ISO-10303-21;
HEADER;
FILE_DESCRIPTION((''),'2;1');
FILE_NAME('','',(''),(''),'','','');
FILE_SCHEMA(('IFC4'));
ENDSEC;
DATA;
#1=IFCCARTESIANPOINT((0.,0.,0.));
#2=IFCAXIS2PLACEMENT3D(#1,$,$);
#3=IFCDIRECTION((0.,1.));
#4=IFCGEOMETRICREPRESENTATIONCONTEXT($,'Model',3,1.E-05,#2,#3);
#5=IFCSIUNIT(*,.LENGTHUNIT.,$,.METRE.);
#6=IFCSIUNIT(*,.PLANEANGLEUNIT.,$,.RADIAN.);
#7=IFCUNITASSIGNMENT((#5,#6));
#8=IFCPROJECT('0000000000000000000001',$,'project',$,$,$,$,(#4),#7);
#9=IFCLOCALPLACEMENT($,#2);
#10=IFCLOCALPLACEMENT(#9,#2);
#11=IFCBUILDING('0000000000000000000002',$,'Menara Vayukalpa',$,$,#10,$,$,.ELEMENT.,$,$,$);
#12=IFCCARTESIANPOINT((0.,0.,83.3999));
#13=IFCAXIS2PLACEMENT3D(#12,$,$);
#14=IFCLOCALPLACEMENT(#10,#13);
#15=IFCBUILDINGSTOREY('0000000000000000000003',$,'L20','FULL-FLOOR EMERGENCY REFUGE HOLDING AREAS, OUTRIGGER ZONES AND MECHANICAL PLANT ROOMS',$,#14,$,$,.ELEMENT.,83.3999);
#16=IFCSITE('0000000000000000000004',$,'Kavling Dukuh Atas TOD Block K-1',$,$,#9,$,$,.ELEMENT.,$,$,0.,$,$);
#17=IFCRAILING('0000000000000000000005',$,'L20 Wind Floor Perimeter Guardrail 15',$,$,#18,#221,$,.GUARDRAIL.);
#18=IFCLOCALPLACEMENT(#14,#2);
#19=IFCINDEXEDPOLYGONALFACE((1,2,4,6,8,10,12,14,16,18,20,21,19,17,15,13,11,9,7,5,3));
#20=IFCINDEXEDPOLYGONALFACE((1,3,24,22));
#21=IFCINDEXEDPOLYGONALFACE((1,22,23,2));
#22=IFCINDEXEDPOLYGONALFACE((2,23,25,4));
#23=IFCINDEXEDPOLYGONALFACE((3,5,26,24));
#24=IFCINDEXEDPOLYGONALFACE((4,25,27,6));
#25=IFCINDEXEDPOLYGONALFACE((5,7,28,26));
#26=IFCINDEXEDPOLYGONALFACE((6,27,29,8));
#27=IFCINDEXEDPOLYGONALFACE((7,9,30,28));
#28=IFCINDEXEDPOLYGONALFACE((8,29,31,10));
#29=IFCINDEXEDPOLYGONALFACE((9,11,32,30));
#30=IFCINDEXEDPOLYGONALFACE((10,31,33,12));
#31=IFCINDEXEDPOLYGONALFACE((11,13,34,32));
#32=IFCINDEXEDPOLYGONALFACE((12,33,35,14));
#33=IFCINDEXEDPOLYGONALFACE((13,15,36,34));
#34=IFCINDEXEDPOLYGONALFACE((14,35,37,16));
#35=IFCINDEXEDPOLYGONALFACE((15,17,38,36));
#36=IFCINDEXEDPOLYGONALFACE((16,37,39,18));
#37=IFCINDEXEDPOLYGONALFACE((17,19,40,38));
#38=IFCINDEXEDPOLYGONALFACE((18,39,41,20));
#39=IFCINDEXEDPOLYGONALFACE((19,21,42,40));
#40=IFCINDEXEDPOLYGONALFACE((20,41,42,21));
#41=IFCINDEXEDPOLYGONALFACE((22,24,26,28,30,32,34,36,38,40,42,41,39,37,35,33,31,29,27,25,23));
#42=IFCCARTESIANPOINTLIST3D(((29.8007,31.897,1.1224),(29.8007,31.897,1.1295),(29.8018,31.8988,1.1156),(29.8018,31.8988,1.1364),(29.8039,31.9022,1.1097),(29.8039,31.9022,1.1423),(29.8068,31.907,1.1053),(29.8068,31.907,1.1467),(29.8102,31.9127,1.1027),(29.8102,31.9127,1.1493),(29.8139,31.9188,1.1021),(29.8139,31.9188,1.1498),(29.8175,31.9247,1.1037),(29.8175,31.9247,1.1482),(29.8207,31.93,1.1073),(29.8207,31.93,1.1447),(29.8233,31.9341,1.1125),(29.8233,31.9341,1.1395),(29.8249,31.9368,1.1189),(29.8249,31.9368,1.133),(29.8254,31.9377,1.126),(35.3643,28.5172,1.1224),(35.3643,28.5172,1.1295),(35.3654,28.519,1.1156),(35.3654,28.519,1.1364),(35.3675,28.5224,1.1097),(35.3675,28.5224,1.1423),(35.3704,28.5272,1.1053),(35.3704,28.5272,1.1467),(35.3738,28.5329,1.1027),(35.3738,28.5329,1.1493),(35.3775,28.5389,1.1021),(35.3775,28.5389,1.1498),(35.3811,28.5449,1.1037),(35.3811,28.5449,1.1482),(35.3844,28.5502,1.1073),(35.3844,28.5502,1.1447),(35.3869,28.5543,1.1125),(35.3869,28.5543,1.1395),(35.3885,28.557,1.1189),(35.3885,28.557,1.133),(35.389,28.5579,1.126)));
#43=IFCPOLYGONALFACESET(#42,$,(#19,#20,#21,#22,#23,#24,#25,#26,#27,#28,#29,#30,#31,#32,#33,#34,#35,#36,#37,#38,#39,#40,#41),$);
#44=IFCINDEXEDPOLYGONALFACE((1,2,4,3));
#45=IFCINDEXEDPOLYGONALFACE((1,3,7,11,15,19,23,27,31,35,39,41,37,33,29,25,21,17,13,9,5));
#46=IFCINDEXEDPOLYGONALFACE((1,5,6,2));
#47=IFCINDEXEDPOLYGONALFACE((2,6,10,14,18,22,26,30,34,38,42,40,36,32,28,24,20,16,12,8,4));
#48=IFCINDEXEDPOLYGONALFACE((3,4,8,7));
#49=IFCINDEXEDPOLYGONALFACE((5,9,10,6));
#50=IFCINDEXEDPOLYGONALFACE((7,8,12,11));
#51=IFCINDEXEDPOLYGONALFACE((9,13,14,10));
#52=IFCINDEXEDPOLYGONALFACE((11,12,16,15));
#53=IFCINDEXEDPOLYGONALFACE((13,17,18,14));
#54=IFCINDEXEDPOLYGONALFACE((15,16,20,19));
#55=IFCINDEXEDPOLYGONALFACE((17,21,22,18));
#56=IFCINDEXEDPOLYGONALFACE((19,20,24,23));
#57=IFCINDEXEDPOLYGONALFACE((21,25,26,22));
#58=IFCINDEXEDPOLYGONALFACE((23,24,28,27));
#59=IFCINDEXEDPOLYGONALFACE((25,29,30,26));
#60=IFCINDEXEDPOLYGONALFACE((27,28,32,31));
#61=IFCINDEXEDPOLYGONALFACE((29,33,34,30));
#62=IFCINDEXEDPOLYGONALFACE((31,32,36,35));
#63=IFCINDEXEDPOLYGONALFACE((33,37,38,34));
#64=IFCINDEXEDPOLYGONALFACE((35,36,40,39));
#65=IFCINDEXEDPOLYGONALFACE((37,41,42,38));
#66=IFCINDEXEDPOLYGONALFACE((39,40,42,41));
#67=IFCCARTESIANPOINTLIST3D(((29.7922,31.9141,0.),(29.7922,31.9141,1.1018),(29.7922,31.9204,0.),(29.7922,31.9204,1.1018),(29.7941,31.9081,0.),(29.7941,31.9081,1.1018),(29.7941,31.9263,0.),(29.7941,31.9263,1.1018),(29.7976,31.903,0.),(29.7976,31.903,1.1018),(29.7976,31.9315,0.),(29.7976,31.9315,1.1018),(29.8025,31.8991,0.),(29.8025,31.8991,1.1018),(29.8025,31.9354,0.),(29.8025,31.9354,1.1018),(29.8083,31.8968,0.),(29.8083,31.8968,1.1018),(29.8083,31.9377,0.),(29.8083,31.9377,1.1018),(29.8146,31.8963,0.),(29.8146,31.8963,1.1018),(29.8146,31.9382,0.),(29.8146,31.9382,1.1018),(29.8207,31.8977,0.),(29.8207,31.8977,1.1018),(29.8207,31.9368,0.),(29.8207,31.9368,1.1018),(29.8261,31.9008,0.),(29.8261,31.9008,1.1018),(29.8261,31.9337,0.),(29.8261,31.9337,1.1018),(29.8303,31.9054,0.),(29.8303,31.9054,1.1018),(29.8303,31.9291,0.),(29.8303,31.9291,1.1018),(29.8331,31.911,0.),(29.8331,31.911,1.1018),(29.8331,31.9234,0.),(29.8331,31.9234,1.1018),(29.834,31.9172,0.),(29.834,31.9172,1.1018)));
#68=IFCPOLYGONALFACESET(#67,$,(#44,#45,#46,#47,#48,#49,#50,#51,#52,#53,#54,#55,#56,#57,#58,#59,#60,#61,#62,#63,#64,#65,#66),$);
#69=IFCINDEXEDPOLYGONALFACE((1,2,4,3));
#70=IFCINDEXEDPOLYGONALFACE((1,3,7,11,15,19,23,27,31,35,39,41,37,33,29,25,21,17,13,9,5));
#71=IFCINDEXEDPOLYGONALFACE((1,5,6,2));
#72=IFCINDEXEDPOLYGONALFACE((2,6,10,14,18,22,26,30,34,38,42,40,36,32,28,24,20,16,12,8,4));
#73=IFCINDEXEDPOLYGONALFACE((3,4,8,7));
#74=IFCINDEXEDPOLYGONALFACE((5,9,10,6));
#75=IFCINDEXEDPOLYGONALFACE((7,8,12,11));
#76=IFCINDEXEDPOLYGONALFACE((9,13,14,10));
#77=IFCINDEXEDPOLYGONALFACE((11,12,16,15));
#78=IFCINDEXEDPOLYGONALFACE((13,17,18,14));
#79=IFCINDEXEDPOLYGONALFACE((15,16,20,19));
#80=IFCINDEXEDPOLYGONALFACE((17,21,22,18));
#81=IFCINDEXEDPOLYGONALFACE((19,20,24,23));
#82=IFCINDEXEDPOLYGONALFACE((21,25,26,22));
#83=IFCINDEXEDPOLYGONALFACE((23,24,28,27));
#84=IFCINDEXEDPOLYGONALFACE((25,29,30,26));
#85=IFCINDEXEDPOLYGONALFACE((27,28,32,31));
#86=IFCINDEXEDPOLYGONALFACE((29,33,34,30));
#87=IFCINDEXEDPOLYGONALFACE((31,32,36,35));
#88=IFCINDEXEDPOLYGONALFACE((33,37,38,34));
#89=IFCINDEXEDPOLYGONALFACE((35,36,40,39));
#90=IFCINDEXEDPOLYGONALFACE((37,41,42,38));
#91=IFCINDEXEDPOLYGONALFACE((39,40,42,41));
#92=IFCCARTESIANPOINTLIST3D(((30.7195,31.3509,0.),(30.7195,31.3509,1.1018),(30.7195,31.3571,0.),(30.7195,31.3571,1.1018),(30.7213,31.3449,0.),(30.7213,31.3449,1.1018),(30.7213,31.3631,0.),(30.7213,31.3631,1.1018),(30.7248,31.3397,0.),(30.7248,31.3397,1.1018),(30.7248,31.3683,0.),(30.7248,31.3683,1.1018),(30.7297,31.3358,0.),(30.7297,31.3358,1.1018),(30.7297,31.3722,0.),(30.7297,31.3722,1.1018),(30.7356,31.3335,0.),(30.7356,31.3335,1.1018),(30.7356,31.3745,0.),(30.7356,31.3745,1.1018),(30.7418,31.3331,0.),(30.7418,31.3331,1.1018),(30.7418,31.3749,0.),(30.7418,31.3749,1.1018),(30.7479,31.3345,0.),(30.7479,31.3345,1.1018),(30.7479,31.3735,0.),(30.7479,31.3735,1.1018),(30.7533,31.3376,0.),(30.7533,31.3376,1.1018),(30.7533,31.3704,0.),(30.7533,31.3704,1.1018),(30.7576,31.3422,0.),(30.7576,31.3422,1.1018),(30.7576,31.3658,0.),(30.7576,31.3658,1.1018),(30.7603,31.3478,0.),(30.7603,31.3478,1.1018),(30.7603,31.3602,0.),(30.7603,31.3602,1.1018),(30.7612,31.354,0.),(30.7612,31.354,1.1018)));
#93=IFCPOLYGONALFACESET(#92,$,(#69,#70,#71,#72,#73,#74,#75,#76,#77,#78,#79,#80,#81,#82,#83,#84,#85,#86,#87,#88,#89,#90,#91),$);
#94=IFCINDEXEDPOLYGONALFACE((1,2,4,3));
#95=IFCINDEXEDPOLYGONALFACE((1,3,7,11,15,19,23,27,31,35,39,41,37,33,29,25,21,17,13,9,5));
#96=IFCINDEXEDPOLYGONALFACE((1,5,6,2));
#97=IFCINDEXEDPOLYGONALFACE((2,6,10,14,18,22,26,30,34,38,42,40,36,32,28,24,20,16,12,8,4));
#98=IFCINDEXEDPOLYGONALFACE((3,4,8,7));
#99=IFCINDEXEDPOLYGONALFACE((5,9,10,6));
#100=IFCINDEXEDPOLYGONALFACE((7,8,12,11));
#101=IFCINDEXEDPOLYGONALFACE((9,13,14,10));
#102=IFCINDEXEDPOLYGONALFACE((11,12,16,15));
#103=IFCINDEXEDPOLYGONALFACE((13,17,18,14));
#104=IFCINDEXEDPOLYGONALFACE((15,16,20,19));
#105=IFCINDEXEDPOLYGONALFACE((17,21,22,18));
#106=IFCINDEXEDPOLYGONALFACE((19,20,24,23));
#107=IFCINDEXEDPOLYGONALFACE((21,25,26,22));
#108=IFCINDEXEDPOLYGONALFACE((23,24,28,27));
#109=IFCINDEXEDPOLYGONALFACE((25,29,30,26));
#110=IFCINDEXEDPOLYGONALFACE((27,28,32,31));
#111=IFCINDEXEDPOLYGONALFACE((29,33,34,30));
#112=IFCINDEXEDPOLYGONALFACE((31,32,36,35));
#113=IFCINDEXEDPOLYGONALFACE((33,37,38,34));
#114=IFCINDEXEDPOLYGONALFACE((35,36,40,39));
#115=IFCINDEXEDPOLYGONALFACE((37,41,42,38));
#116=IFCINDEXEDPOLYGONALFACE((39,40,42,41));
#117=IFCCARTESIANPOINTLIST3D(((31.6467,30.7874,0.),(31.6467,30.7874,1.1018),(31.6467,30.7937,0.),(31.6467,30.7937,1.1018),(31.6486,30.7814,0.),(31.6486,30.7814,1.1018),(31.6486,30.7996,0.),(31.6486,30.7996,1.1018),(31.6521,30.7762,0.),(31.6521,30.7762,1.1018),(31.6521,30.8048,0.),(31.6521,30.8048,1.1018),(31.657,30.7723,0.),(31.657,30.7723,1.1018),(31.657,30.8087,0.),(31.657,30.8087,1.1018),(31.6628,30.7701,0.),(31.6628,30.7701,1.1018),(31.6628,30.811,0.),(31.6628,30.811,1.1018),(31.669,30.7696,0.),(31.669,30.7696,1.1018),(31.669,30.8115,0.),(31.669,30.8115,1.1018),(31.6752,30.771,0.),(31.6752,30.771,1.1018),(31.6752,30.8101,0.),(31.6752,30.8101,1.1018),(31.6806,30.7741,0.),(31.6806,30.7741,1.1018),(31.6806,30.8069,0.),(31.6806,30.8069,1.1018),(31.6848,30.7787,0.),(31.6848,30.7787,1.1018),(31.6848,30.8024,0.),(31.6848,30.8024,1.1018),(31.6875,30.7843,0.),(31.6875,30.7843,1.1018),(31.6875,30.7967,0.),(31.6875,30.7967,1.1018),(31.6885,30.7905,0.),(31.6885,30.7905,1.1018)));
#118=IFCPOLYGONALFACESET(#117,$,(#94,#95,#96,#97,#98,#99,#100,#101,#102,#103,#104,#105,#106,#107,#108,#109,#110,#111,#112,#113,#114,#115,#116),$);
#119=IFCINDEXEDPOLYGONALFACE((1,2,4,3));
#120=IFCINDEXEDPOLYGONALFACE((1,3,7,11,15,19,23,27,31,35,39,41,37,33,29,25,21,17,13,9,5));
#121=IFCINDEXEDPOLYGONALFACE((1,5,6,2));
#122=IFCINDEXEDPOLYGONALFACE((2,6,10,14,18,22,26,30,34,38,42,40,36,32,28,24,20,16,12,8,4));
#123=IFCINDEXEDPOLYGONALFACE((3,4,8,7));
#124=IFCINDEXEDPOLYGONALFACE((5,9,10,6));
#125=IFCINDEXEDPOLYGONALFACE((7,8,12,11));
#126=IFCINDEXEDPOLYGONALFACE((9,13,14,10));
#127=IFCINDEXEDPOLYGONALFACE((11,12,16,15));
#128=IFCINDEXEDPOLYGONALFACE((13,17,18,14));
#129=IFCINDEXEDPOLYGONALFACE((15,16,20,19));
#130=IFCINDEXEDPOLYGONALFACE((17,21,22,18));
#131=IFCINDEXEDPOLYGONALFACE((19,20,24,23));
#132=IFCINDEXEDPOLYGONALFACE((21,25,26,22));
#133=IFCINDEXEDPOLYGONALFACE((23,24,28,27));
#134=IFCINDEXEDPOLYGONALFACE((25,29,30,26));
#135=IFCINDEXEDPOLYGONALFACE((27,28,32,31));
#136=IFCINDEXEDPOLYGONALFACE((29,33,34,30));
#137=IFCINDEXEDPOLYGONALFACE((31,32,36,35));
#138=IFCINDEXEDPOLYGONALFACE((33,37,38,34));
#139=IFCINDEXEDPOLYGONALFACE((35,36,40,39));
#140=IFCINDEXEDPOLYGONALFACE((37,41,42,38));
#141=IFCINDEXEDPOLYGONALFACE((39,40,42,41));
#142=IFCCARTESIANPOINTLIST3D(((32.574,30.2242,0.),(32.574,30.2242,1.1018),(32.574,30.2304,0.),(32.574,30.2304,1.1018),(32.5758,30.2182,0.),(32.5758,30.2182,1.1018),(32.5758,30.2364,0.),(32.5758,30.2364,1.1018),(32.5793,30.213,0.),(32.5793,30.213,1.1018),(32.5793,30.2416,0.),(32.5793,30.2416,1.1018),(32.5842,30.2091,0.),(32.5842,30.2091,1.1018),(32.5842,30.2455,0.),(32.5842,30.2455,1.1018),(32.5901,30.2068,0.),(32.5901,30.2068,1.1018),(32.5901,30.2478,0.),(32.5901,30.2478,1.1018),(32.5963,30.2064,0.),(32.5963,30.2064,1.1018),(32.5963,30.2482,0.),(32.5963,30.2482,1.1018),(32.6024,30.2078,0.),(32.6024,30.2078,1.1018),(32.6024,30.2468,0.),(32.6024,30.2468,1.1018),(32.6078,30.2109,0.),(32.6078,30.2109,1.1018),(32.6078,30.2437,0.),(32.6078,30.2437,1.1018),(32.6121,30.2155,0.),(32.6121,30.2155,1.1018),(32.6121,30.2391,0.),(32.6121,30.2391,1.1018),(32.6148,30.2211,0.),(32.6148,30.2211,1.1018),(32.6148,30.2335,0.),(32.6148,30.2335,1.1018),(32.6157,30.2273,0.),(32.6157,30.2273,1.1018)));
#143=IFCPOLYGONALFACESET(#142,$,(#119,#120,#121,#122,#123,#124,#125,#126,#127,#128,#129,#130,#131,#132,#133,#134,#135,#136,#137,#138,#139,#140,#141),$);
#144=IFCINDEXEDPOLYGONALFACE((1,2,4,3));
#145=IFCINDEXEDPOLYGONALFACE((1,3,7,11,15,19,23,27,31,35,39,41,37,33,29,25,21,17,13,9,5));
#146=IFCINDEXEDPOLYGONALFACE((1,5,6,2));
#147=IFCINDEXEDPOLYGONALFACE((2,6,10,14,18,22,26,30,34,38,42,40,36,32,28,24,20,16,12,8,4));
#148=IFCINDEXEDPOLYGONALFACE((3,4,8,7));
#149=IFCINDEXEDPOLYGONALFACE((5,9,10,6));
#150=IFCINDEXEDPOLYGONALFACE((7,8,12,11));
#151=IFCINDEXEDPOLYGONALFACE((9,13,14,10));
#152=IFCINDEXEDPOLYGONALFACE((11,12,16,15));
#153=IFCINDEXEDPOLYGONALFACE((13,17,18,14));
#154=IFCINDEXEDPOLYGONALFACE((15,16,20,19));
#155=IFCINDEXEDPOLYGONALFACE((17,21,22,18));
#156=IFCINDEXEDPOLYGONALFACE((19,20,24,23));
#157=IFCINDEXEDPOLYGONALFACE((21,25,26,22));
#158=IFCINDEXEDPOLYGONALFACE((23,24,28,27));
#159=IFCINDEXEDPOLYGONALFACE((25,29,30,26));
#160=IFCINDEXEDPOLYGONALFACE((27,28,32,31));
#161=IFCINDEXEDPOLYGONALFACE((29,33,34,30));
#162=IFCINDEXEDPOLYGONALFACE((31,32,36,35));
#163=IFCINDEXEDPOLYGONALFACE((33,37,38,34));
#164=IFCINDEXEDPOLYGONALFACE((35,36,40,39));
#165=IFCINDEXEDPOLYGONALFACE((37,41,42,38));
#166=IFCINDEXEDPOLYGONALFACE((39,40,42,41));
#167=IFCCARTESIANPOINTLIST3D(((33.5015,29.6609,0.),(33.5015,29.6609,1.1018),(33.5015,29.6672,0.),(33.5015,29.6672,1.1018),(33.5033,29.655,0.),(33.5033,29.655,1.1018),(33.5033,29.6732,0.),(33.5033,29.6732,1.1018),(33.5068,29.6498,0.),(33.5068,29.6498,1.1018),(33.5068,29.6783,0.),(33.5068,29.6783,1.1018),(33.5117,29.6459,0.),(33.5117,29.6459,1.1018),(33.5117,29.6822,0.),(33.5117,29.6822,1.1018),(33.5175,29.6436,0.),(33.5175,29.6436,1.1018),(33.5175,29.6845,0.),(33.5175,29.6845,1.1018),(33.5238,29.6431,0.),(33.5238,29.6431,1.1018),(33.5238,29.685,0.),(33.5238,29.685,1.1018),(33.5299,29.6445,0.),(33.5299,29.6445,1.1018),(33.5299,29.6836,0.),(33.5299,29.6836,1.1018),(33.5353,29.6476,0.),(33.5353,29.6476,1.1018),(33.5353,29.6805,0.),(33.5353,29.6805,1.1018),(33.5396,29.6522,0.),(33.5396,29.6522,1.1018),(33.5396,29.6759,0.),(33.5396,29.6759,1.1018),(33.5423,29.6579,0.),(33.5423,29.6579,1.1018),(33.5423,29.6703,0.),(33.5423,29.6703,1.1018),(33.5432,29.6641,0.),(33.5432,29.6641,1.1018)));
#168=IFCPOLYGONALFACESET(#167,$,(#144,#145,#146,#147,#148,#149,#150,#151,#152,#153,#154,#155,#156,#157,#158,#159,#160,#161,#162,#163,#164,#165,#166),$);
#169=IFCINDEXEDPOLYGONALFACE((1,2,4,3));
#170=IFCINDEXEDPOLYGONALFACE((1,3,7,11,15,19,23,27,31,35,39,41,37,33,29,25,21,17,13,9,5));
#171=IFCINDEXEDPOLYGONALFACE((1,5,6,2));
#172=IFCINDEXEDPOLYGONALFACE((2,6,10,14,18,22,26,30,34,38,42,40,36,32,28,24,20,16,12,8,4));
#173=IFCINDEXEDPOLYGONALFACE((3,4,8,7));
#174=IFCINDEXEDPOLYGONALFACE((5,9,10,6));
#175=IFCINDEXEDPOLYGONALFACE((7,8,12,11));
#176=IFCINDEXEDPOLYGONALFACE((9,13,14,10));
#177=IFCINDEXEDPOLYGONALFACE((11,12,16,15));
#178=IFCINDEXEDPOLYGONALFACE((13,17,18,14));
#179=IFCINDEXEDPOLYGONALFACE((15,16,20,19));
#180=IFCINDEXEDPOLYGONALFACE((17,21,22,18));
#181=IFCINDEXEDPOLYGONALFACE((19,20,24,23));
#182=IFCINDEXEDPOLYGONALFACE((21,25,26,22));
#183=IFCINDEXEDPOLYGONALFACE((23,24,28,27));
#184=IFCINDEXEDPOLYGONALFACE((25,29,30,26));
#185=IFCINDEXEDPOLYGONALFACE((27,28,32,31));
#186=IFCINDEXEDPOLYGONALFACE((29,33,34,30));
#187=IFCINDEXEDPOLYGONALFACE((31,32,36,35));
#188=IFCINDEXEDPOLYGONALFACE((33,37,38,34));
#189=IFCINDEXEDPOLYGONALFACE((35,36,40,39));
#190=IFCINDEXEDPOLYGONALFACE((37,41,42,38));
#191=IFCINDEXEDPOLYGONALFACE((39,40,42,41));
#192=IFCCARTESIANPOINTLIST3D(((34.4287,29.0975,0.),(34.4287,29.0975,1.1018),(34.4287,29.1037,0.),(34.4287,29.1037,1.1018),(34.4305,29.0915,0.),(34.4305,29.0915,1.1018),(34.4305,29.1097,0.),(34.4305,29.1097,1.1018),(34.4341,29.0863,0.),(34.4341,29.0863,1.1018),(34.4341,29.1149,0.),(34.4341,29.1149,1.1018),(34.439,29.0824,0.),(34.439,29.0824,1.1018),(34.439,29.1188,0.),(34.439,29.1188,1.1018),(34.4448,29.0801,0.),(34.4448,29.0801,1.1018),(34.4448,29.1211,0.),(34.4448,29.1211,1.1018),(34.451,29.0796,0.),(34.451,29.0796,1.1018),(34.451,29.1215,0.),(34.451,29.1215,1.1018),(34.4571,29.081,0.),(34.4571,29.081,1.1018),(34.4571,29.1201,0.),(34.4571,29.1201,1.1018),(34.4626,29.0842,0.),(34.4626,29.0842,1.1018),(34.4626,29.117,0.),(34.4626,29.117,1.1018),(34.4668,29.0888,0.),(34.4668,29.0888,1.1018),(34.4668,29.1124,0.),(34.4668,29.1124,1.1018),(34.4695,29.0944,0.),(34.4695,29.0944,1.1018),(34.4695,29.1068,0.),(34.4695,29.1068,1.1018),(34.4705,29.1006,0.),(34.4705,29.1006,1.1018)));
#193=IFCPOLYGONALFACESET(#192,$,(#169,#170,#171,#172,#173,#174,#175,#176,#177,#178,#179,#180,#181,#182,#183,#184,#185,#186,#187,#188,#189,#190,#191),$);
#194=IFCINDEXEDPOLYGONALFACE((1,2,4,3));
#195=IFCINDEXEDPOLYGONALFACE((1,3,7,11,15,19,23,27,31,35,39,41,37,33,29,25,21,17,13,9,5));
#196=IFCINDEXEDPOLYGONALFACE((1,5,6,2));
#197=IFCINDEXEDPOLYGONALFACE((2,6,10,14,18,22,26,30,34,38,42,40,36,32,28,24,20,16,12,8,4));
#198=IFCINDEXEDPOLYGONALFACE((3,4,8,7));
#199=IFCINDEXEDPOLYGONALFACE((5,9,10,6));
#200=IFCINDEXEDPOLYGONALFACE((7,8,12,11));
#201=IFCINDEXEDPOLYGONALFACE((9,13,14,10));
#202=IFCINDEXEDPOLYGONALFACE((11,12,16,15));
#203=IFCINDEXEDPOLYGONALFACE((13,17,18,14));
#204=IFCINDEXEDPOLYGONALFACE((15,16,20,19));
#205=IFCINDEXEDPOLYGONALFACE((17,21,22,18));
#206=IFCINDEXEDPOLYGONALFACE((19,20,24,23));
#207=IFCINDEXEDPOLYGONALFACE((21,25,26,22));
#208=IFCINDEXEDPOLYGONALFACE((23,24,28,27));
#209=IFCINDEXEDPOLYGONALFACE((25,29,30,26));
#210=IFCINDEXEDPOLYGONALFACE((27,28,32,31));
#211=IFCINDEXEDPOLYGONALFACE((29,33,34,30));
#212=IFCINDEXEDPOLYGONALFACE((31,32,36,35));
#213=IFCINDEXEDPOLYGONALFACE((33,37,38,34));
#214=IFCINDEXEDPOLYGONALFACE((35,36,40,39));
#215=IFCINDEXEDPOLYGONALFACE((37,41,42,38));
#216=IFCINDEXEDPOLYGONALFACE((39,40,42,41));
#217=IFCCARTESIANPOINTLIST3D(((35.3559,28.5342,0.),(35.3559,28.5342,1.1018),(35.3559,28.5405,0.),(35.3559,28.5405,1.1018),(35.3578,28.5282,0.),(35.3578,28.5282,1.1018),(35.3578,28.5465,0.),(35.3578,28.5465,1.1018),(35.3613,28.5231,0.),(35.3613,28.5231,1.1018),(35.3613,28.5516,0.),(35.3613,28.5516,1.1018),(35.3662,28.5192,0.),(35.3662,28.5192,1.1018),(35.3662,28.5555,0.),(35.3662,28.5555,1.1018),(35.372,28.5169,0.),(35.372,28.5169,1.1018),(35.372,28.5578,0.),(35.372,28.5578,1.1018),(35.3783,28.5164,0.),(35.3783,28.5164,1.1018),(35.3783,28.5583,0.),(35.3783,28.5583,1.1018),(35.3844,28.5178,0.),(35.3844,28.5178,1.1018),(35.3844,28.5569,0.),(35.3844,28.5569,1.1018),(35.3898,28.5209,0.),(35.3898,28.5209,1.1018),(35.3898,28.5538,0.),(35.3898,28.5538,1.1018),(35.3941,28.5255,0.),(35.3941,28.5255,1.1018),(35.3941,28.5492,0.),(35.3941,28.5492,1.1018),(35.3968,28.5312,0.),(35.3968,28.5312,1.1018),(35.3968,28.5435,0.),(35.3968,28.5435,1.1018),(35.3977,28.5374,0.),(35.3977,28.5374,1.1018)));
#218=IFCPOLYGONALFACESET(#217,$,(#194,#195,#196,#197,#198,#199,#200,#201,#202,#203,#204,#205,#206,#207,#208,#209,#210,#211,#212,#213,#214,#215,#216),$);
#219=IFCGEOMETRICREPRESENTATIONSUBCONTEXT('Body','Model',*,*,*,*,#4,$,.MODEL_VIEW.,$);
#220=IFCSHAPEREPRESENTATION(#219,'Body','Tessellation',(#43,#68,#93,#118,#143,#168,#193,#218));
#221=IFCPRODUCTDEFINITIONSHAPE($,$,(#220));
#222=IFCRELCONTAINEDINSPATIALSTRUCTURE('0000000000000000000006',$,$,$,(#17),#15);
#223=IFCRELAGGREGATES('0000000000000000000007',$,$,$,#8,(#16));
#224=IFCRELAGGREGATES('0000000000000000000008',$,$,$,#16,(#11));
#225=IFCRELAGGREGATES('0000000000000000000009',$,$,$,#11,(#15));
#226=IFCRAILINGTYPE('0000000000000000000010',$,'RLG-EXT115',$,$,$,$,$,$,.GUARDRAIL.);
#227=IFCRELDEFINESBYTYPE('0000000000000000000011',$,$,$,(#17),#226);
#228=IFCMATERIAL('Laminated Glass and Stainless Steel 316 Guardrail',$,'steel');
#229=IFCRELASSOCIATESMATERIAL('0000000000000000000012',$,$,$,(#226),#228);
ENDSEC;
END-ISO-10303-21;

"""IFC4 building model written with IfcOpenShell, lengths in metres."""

from ifc_helpers import new_model, si_unit, direction, frame, origin, origin_2d, place, context, subcontext, project, spatial, circle, extrude, material, type_object, element, save


model = new_model("IFC4")

# Units and contexts
model_context = context("Model", 3, precision=1e-05, world=origin(), true_north=direction((0.0, 1.0)))
body_context = subcontext(model_context, "Body", "Model", "MODEL_VIEW")
ifc_project = project(units=[si_unit("LENGTHUNIT", "METRE"), si_unit("PLANEANGLEUNIT", "RADIAN")], contexts=[model_context])

# Site, building, storey
site_placement = place(None, origin())
site = spatial("IfcSite", under=ifc_project, at=site_placement, Name="Kavling Dukuh Atas TOD Block K-1", CompositionType="ELEMENT", RefElevation=0.0)
building_placement = place(site_placement, origin())
building = spatial("IfcBuilding", under=site, at=building_placement, Name="Menara Vayukalpa", CompositionType="ELEMENT")
storey_placement = place(building_placement, frame((0.0, 0.0, 83.3999)))
storey = spatial("IfcBuildingStorey", under=building, at=storey_placement, Name="L20", Description="FULL-FLOOR EMERGENCY REFUGE HOLDING AREAS, OUTRIGGER ZONES AND MECHANICAL PLANT ROOMS", CompositionType="ELEMENT", Elevation=83.3999)

# Railing
ifc_material_1 = material(Name="Laminated Glass and Stainless Steel 316 Guardrail", Category="steel")
railing_type = type_object("IfcRailingType", Name="RLG-EXT115", PredefinedType="GUARDRAIL", material=ifc_material_1)
railing_1_placement = place(storey_placement, frame((29.813, 31.9172, 0.0)))
element("IfcRailing", 1, at=railing_1_placement, inside=storey, type_object=railing_type, Name="L20 Wind Floor Perimeter Guardrail 15", PredefinedType="GUARDRAIL", context=body_context, shape_type="SweptSolid", body=[
    extrude(circle(Radius=0.0239, at=origin_2d()), frame((0.0, 0.0, 1.126), z_axis=(0.854657, -0.519192, 0.0), x_axis=(0.519192, 0.854657, 0.0)), (0.0, 0.0, 1.0), 6.5098),
    extrude(circle(Radius=0.021, at=origin_2d()), origin(), (0.0, 0.0, 1.0), 1.1018),
    extrude(circle(Radius=0.021, at=origin_2d()), frame((0.9272, -0.5632, 0.0)), (0.0, 0.0, 1.0), 1.1018),
    extrude(circle(Radius=0.021, at=origin_2d()), frame((1.8545, -1.1267, 0.0)), (0.0, 0.0, 1.0), 1.1018),
    extrude(circle(Radius=0.021, at=origin_2d()), frame((2.7817, -1.6899, 0.0)), (0.0, 0.0, 1.0), 1.1018),
    extrude(circle(Radius=0.021, at=origin_2d()), frame((3.7092, -2.2532, 0.0)), (0.0, 0.0, 1.0), 1.1018),
    extrude(circle(Radius=0.021, at=origin_2d()), frame((4.6365, -2.8167, 0.0)), (0.0, 0.0, 1.0), 1.1018),
    extrude(circle(Radius=0.021, at=origin_2d()), frame((5.5637, -3.3799, 0.0)), (0.0, 0.0, 1.0), 1.1018),
])

save(model, "model.ifc")
